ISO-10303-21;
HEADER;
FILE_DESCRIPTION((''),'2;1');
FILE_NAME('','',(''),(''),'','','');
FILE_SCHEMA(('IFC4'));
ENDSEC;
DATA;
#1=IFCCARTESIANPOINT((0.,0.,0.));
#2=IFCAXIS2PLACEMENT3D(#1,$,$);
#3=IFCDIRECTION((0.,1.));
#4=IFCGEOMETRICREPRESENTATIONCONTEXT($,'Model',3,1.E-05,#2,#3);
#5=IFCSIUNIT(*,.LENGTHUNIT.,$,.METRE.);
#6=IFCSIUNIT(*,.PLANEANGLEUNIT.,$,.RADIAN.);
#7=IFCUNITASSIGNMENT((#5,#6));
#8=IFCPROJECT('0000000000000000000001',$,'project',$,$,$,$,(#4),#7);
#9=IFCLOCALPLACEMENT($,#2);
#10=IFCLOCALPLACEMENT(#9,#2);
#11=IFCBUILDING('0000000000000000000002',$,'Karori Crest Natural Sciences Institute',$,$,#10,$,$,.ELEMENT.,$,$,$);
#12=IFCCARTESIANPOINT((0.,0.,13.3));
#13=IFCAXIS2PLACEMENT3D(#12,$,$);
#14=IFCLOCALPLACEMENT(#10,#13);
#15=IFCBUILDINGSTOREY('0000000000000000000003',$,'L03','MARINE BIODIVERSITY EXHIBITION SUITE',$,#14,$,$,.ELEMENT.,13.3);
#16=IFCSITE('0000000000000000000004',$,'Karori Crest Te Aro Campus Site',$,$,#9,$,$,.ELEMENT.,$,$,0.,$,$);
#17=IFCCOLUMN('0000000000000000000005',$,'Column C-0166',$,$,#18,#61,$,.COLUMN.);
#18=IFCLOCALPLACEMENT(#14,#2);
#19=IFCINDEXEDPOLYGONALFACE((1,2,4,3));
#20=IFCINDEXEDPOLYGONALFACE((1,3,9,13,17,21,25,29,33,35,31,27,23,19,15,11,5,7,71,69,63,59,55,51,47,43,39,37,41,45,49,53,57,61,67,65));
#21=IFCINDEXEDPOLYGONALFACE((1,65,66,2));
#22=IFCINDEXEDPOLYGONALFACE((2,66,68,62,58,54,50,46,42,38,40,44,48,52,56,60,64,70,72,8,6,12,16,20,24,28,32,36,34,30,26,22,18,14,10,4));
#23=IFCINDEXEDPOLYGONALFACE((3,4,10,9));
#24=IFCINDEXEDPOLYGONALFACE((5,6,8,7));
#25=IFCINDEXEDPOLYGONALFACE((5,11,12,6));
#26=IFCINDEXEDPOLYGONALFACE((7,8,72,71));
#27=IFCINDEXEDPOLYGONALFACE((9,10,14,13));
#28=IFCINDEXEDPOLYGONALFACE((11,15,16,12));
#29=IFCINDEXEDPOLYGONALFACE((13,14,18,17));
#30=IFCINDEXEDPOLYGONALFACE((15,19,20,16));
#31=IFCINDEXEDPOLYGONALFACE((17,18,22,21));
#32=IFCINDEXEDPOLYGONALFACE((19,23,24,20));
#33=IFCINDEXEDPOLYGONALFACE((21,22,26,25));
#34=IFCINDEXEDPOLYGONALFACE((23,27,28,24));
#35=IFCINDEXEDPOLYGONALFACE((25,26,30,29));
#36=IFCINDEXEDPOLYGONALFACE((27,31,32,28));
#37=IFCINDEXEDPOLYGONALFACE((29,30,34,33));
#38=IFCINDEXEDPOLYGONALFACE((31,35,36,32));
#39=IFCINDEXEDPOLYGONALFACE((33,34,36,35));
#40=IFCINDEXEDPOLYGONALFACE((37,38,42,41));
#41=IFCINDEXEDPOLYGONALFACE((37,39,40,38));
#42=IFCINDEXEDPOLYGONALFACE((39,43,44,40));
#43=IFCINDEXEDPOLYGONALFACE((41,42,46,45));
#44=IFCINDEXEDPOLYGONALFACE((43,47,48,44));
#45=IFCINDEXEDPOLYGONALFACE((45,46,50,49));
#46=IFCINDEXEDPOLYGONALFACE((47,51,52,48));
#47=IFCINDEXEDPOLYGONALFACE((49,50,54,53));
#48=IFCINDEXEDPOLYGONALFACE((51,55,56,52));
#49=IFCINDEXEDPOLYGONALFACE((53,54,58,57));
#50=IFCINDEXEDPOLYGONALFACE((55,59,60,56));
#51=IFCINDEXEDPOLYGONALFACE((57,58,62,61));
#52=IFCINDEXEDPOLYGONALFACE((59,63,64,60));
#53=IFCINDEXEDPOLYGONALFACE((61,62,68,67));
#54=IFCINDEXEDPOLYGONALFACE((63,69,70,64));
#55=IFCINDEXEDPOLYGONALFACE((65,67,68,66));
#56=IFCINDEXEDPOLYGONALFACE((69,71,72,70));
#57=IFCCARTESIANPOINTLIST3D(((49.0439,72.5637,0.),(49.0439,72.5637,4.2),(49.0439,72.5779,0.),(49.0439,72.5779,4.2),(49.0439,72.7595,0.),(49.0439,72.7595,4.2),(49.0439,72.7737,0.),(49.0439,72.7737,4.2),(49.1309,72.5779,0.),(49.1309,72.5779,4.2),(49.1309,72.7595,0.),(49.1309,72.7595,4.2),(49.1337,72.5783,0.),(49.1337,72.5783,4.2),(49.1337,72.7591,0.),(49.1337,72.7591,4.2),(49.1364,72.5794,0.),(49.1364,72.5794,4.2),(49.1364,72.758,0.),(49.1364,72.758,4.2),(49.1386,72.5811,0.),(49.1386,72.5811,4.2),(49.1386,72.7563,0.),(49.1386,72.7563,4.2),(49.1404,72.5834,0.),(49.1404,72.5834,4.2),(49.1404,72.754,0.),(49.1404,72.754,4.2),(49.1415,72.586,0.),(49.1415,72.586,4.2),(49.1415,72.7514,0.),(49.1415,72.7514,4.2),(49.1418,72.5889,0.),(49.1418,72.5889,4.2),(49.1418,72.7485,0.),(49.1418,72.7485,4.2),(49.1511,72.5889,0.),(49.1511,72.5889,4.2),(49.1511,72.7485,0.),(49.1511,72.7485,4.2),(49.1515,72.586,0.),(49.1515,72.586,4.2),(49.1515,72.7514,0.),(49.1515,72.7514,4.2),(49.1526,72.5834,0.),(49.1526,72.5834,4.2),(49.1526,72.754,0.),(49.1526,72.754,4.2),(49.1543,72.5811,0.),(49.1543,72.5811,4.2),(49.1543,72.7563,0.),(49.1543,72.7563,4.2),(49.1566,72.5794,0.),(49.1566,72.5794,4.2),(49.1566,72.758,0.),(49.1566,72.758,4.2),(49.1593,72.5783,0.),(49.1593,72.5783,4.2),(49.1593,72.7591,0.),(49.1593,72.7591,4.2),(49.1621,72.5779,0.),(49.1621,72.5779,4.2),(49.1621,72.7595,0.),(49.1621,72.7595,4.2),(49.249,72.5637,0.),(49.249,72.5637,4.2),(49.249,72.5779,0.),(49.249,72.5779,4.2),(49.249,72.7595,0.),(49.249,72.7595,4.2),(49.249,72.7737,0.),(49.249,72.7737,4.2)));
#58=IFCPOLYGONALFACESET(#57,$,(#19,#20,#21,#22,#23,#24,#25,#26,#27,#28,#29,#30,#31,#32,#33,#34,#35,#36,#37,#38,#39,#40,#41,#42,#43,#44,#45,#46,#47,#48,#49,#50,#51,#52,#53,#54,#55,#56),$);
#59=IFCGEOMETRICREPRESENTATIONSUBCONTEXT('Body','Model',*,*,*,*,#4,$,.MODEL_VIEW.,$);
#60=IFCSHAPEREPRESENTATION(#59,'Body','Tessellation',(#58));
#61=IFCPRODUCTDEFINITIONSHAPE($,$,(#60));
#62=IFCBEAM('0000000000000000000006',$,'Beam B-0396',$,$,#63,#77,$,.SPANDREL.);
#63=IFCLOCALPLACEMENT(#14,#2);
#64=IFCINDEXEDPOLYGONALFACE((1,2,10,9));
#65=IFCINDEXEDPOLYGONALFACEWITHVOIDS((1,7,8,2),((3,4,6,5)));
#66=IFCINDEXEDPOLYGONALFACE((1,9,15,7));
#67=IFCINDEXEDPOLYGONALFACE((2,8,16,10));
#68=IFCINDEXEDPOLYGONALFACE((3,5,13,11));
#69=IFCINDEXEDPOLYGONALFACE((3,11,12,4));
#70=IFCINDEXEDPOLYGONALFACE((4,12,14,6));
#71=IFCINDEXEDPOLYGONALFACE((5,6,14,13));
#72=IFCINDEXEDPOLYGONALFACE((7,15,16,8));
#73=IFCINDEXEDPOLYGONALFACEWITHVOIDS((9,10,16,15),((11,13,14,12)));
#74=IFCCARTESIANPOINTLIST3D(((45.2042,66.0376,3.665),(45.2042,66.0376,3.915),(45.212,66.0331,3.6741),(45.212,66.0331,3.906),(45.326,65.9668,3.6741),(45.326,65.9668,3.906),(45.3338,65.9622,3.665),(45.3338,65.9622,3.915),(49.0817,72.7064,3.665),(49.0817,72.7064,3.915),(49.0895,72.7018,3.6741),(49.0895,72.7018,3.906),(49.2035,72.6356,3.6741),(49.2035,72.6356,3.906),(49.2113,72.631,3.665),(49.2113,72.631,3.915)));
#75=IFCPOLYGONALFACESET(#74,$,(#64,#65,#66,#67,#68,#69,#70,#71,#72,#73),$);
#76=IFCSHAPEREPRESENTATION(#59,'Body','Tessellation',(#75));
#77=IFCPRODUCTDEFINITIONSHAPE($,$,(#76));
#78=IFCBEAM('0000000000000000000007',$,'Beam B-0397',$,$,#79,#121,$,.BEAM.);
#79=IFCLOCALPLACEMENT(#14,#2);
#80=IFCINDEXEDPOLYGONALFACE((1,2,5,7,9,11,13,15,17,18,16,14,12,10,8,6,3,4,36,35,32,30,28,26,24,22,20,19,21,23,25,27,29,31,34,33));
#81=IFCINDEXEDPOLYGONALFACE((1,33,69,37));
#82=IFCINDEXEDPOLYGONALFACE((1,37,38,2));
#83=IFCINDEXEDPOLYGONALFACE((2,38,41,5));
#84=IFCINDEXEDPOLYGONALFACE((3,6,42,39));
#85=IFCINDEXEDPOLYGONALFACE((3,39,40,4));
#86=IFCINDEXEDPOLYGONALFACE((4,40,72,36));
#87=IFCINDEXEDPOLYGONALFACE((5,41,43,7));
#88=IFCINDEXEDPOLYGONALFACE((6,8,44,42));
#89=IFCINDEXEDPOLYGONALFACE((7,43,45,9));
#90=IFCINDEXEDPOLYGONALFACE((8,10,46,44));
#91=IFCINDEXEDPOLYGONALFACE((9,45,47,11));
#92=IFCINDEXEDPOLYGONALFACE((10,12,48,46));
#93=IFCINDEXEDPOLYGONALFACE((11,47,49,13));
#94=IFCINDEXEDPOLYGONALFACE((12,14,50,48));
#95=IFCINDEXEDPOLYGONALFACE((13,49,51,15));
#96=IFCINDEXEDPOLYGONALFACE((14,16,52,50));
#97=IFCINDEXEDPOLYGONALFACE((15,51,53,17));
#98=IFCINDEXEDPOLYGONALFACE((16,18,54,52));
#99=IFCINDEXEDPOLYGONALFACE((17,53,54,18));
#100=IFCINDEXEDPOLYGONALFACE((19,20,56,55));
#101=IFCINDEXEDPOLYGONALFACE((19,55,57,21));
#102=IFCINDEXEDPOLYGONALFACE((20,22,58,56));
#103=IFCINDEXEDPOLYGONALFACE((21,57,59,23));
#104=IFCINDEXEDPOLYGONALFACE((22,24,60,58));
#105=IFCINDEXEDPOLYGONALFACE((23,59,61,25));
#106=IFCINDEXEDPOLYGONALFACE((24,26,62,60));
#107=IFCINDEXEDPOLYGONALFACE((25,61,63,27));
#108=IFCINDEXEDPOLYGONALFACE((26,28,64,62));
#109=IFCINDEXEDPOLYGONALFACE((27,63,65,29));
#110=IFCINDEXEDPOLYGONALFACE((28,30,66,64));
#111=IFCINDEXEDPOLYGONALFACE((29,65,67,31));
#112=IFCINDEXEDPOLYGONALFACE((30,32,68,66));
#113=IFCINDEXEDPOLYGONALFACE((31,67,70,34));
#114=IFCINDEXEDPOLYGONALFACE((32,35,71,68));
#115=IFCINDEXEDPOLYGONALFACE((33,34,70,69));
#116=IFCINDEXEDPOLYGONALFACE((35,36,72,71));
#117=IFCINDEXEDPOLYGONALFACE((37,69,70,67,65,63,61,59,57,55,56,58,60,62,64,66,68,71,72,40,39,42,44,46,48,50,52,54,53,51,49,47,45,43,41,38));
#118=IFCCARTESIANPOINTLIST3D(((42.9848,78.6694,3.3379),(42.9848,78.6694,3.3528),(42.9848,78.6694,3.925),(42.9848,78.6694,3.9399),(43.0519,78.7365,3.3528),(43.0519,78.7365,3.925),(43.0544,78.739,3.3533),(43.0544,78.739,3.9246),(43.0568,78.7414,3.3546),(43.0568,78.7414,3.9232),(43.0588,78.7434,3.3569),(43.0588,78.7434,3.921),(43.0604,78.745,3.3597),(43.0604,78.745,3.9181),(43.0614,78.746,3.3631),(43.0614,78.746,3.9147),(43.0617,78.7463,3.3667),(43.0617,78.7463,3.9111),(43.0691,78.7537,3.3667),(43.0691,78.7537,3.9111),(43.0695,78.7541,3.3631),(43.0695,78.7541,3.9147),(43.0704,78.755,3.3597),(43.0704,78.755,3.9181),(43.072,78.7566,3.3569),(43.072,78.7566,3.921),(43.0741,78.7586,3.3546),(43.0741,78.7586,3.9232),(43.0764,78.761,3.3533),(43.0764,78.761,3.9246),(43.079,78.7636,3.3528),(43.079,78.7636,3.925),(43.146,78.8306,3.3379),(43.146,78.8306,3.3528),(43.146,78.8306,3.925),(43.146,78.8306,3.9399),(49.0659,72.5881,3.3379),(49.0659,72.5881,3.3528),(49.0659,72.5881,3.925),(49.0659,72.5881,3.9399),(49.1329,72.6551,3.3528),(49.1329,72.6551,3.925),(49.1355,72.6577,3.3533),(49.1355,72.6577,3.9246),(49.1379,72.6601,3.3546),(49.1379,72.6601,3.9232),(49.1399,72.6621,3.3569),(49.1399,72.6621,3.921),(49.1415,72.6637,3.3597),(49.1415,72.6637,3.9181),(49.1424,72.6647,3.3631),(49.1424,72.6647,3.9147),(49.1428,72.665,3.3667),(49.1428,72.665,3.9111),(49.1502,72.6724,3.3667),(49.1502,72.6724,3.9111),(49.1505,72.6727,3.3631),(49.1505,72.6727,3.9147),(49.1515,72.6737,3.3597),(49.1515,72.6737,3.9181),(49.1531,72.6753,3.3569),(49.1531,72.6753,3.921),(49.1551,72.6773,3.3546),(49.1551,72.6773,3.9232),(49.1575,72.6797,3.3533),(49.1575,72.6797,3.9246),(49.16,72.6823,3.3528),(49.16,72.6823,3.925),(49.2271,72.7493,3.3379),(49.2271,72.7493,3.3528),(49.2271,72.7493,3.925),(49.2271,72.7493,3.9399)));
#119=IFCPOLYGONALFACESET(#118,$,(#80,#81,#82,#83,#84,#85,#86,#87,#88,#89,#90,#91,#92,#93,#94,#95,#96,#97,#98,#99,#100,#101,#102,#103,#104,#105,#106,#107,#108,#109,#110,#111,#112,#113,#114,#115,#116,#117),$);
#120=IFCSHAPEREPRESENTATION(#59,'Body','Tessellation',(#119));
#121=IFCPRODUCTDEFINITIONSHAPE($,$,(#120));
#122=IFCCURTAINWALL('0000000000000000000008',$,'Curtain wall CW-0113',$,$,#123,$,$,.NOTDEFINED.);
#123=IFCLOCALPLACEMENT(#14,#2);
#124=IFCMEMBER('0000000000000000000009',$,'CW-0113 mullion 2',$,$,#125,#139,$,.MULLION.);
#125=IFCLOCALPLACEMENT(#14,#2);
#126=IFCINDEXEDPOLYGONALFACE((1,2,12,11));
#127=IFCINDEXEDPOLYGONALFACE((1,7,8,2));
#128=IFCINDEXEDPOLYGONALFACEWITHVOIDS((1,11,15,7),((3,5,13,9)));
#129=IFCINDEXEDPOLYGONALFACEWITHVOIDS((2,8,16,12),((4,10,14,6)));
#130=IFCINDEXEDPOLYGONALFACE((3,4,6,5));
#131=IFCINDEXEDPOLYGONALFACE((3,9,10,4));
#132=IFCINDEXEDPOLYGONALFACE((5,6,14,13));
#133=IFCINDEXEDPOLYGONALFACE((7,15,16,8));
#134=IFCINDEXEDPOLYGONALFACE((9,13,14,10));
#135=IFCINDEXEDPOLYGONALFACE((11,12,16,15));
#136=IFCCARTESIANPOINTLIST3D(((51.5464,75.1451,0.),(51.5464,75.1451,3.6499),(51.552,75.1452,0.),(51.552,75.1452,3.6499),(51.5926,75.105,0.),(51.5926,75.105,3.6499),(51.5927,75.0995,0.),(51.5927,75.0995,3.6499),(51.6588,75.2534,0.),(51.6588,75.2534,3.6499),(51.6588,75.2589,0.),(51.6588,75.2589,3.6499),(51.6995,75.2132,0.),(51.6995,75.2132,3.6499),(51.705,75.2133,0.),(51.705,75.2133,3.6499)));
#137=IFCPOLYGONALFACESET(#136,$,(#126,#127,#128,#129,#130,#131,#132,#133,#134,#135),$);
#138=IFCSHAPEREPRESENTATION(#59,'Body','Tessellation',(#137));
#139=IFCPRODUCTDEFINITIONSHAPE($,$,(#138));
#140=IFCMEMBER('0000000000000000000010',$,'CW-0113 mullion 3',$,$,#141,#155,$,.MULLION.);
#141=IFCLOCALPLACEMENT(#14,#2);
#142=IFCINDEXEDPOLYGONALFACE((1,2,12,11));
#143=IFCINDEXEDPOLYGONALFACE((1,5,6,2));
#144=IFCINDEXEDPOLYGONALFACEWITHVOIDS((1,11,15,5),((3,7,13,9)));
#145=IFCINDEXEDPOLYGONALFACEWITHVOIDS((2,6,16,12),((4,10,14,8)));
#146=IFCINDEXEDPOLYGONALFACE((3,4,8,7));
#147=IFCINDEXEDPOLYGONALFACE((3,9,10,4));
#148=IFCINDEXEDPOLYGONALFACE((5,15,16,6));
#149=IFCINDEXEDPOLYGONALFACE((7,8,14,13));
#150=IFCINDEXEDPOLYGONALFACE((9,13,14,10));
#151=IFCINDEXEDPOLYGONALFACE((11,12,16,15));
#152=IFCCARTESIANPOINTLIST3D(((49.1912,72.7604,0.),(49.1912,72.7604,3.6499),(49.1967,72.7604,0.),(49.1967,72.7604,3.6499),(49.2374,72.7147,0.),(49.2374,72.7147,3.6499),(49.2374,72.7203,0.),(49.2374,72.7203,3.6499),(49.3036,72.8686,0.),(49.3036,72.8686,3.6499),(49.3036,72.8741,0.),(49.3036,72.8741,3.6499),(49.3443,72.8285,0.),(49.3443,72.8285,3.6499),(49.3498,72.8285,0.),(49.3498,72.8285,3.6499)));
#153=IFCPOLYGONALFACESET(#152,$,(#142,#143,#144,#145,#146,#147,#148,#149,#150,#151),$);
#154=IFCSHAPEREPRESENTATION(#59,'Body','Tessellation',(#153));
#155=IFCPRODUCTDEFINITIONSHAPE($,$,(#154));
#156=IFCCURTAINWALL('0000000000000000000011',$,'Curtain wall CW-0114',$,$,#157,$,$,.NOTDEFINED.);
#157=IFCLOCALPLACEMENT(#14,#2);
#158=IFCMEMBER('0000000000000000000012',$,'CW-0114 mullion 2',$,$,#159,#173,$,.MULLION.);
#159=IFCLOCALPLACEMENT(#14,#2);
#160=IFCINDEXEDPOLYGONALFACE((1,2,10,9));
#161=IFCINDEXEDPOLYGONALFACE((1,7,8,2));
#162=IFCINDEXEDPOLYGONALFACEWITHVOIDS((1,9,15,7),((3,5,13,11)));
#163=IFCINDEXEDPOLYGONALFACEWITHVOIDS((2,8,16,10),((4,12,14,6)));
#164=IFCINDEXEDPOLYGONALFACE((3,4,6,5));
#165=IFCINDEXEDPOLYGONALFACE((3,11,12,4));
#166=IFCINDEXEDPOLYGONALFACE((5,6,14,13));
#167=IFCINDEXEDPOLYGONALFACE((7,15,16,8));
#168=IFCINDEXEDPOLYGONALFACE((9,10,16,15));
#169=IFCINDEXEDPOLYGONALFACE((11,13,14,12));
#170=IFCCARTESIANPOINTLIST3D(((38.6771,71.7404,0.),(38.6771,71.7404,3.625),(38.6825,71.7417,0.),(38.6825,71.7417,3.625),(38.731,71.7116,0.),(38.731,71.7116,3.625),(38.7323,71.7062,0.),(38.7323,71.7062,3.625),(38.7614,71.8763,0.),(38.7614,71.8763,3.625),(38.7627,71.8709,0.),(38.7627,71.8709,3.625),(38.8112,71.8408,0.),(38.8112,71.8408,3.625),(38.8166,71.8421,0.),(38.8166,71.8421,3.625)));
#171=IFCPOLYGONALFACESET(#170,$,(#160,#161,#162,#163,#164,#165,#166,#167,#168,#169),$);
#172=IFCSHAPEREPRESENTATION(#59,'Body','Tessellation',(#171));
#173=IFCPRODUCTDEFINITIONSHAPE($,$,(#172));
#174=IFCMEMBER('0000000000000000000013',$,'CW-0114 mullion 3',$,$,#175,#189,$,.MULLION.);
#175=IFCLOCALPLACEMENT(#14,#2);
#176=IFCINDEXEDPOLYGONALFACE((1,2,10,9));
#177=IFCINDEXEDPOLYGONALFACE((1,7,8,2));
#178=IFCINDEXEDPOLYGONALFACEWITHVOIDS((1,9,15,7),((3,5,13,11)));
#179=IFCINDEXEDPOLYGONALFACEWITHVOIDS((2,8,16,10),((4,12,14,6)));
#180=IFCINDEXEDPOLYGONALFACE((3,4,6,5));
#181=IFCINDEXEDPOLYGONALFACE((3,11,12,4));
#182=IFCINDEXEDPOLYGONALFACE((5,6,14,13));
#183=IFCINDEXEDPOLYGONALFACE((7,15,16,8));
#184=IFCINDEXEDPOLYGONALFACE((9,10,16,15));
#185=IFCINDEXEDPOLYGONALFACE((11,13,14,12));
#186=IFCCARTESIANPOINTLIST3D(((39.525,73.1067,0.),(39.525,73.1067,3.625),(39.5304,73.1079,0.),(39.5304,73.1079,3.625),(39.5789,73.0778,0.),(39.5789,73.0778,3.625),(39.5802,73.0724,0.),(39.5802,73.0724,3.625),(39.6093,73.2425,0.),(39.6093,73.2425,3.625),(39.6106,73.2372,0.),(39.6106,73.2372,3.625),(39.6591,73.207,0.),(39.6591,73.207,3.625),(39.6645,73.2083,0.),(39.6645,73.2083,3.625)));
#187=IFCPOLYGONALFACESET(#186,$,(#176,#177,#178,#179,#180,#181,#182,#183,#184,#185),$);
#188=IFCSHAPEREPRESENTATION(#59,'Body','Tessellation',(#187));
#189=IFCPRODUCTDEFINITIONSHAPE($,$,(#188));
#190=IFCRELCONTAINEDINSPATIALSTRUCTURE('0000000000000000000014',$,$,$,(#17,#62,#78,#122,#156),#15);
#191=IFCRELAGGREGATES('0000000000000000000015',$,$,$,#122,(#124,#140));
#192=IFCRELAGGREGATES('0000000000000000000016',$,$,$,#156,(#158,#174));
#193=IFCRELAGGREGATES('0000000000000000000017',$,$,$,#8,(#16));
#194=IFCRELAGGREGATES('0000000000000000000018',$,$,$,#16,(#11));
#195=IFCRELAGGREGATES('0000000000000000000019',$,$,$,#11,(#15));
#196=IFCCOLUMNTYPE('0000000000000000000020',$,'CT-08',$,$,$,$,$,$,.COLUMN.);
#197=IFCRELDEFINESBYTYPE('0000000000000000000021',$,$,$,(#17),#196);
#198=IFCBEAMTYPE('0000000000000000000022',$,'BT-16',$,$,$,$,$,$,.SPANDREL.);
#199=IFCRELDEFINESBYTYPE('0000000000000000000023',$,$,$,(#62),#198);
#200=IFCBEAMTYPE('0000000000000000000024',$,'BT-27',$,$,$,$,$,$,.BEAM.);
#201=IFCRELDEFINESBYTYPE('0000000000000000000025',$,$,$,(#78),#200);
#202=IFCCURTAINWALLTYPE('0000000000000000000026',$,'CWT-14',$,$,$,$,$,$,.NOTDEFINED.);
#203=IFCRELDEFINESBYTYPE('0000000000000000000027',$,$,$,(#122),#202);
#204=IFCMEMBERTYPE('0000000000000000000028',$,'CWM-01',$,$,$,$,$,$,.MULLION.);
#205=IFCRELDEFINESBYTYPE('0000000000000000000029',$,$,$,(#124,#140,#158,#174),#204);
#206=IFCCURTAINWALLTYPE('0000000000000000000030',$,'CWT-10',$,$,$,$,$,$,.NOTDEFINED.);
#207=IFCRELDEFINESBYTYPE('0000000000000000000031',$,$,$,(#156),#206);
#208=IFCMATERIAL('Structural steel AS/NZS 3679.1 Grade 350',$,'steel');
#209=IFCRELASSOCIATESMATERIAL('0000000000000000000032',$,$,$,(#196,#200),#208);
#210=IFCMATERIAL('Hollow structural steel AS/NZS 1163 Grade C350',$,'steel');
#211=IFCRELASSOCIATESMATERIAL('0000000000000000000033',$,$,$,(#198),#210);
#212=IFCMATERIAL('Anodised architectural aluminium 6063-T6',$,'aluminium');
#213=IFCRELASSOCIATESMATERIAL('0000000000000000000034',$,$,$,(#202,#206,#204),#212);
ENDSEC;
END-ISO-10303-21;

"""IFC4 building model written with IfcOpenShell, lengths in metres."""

from ifc_helpers import new_model, si_unit, direction, frame, origin, origin_2d, place, context, subcontext, project, spatial, hollow_rectangle, i_section, extrude, material, material_profile, profile_set, type_object, element, aggregate, save


model = new_model("IFC4")

# Units and contexts
model_context = context("Model", 3, precision=1e-05, world=origin(), true_north=direction((0.0, 1.0)))
body_context = subcontext(model_context, "Body", "Model", "MODEL_VIEW")
ifc_project = project(units=[si_unit("LENGTHUNIT", "METRE"), si_unit("PLANEANGLEUNIT", "RADIAN")], contexts=[model_context])

# Site, building, storey
site_placement = place(None, origin())
site = spatial("IfcSite", under=ifc_project, at=site_placement, Name="Karori Crest Te Aro Campus Site", CompositionType="ELEMENT", RefElevation=0.0)
building_placement = place(site_placement, origin())
building = spatial("IfcBuilding", under=site, at=building_placement, Name="Karori Crest Natural Sciences Institute", CompositionType="ELEMENT")
storey_placement = place(building_placement, frame((0.0, 0.0, 13.3)))
storey = spatial("IfcBuildingStorey", under=building, at=storey_placement, Name="L03", Description="MARINE BIODIVERSITY EXHIBITION SUITE", CompositionType="ELEMENT", Elevation=13.3)

# Column
ifc_material_1 = material(Name="Structural steel AS/NZS 3679.1 Grade 350", Category="steel")
ifc_material_profile_1 = material_profile(ifc_material_1, i_section(OverallWidth=0.2051, OverallDepth=0.21, WebThickness=0.0093, FlangeThickness=0.0142, FilletRadius=0.011, at=origin_2d()), Name="200UC59.5")
ifc_profile_set_1 = profile_set([ifc_material_profile_1], Name="Structural steel AS/NZS 3679.1 Grade 350")
column_type = type_object("IfcColumnType", Name="CT-08", PredefinedType="COLUMN", material=ifc_profile_set_1)
column_placement = place(storey_placement, frame((49.1465, 72.6687, 0.0), z_axis=(0.0, 0.0, 1.0), x_axis=(1.0, 0.0, 0.0)))
element("IfcColumn", 1, at=column_placement, inside=storey, type_object=column_type, Name="Column C-0166", PredefinedType="COLUMN", context=body_context, shape_type="SweptSolid", body=[
    extrude(i_section(OverallWidth=0.2051, OverallDepth=0.21, WebThickness=0.0093, FlangeThickness=0.0142, FilletRadius=0.011, at=origin_2d()), origin(), (0.0, 0.0, 1.0), 4.2),
])

# Beams
ifc_material_2 = material(Name="Hollow structural steel AS/NZS 1163 Grade C350", Category="steel")
ifc_material_profile_2 = material_profile(ifc_material_2, hollow_rectangle(XDim=0.1499, YDim=0.25, WallThickness=0.009, at=origin_2d()), Name="RHS250x150x9")
ifc_profile_set_2 = profile_set([ifc_material_profile_2], Name="Hollow structural steel AS/NZS 1163 Grade C350")
beam_type_1 = type_object("IfcBeamType", Name="BT-16", PredefinedType="SPANDREL", material=ifc_profile_set_2)
beam_1_placement = place(storey_placement, frame((49.1465, 72.6687, 3.79), z_axis=(-0.502649, -0.864491, 0.0), x_axis=(0.864491, -0.502649, 0.0)))
element("IfcBeam", 2, at=beam_1_placement, inside=storey, type_object=beam_type_1, Name="Beam B-0396", PredefinedType="SPANDREL", context=body_context, shape_type="SweptSolid", body=[
    extrude(hollow_rectangle(XDim=0.1499, YDim=0.25, WallThickness=0.009, at=origin_2d()), origin(), (0.0, 0.0, 1.0), 7.7141),
])
ifc_material_profile_3 = material_profile(ifc_material_1, i_section(OverallWidth=0.228, OverallDepth=0.6021, WebThickness=0.0105, FlangeThickness=0.0149, FilletRadius=0.0139, at=origin_2d()), Name="610UB101")
ifc_profile_set_3 = profile_set([ifc_material_profile_3], Name="Structural steel AS/NZS 3679.1 Grade 350")
beam_type_2 = type_object("IfcBeamType", Name="BT-27", PredefinedType="BEAM", material=ifc_profile_set_3)
beam_2_placement = place(storey_placement, frame((49.1465, 72.6687, 3.6389), z_axis=(-0.707093, 0.707121, 0.0), x_axis=(-0.707121, -0.707093, 0.0)))
element("IfcBeam", 3, at=beam_2_placement, inside=storey, type_object=beam_type_2, Name="Beam B-0397", PredefinedType="BEAM", context=body_context, shape_type="SweptSolid", body=[
    extrude(i_section(OverallWidth=0.228, OverallDepth=0.6021, WebThickness=0.0105, FlangeThickness=0.0149, FilletRadius=0.0139, at=origin_2d()), origin(), (0.0, 0.0, 1.0), 8.6001),
])

# Curtain walls, members
ifc_material_3 = material(Name="Anodised architectural aluminium 6063-T6", Category="aluminium")
curtain_wall_type_1 = type_object("IfcCurtainWallType", Name="CWT-14", PredefinedType="NOTDEFINED", material=ifc_material_3)
curtain_wall_1_placement = place(storey_placement, origin())
curtain_wall_1 = element("IfcCurtainWall", 4, at=curtain_wall_1_placement, inside=storey, type_object=curtain_wall_type_1, Name="Curtain wall CW-0113", PredefinedType="NOTDEFINED")
ifc_material_profile_4 = material_profile(ifc_material_3, hollow_rectangle(XDim=0.0649, YDim=0.1599, WallThickness=0.0039, at=origin_2d()), Name="CWM160x65x4")
ifc_profile_set_4 = profile_set([ifc_material_profile_4], Name="Anodised architectural aluminium 6063-T6")
member_type_1 = type_object("IfcMemberType", Name="CWM-01", PredefinedType="MULLION", material=ifc_profile_set_4)
member_1_placement = place(storey_placement, frame((51.6257, 75.1792, 0.0), z_axis=(0.0, 0.0, 1.0), x_axis=(0.711525, -0.702661, 0.0)))
member_1 = element("IfcMember", 5, at=member_1_placement, type_object=member_type_1, Name="CW-0113 mullion 2", PredefinedType="MULLION", context=body_context, shape_type="SweptSolid", body=[
    extrude(hollow_rectangle(XDim=0.0649, YDim=0.1599, WallThickness=0.0039, at=origin_2d()), origin(), (0.0, 0.0, 1.0), 3.6499),
])
member_2_placement = place(storey_placement, frame((49.2705, 72.7944, 0.0), z_axis=(0.0, 0.0, 1.0), x_axis=(0.711525, -0.702661, 0.0)))
member_2 = element("IfcMember", 6, at=member_2_placement, type_object=member_type_1, Name="CW-0113 mullion 3", PredefinedType="MULLION", context=body_context, shape_type="SweptSolid", body=[
    extrude(hollow_rectangle(XDim=0.0649, YDim=0.1599, WallThickness=0.0039, at=origin_2d()), origin(), (0.0, 0.0, 1.0), 3.6499),
])
curtain_wall_type_2 = type_object("IfcCurtainWallType", Name="CWT-10", PredefinedType="NOTDEFINED", material=ifc_material_3)
curtain_wall_2_placement = place(storey_placement, origin())
curtain_wall_2 = element("IfcCurtainWall", 7, at=curtain_wall_2_placement, inside=storey, type_object=curtain_wall_type_2, Name="Curtain wall CW-0114", PredefinedType="NOTDEFINED")
member_3_placement = place(storey_placement, frame((38.7468, 71.7913, 0.0), z_axis=(0.0, 0.0, 1.0), x_axis=(-0.849664, 0.527324, 0.0)))
member_3 = element("IfcMember", 8, at=member_3_placement, type_object=member_type_1, Name="CW-0114 mullion 2", PredefinedType="MULLION", context=body_context, shape_type="SweptSolid", body=[
    extrude(hollow_rectangle(XDim=0.0649, YDim=0.1599, WallThickness=0.0039, at=origin_2d()), origin(), (0.0, 0.0, 1.0), 3.625),
])
member_4_placement = place(storey_placement, frame((39.5947, 73.1575, 0.0), z_axis=(0.0, 0.0, 1.0), x_axis=(-0.849664, 0.527324, 0.0)))
member_4 = element("IfcMember", 9, at=member_4_placement, type_object=member_type_1, Name="CW-0114 mullion 3", PredefinedType="MULLION", context=body_context, shape_type="SweptSolid", body=[
    extrude(hollow_rectangle(XDim=0.0649, YDim=0.1599, WallThickness=0.0039, at=origin_2d()), origin(), (0.0, 0.0, 1.0), 3.625),
])

aggregate(curtain_wall_1, [member_1, member_2])
aggregate(curtain_wall_2, [member_3, member_4])

save(model, "model.ifc")
